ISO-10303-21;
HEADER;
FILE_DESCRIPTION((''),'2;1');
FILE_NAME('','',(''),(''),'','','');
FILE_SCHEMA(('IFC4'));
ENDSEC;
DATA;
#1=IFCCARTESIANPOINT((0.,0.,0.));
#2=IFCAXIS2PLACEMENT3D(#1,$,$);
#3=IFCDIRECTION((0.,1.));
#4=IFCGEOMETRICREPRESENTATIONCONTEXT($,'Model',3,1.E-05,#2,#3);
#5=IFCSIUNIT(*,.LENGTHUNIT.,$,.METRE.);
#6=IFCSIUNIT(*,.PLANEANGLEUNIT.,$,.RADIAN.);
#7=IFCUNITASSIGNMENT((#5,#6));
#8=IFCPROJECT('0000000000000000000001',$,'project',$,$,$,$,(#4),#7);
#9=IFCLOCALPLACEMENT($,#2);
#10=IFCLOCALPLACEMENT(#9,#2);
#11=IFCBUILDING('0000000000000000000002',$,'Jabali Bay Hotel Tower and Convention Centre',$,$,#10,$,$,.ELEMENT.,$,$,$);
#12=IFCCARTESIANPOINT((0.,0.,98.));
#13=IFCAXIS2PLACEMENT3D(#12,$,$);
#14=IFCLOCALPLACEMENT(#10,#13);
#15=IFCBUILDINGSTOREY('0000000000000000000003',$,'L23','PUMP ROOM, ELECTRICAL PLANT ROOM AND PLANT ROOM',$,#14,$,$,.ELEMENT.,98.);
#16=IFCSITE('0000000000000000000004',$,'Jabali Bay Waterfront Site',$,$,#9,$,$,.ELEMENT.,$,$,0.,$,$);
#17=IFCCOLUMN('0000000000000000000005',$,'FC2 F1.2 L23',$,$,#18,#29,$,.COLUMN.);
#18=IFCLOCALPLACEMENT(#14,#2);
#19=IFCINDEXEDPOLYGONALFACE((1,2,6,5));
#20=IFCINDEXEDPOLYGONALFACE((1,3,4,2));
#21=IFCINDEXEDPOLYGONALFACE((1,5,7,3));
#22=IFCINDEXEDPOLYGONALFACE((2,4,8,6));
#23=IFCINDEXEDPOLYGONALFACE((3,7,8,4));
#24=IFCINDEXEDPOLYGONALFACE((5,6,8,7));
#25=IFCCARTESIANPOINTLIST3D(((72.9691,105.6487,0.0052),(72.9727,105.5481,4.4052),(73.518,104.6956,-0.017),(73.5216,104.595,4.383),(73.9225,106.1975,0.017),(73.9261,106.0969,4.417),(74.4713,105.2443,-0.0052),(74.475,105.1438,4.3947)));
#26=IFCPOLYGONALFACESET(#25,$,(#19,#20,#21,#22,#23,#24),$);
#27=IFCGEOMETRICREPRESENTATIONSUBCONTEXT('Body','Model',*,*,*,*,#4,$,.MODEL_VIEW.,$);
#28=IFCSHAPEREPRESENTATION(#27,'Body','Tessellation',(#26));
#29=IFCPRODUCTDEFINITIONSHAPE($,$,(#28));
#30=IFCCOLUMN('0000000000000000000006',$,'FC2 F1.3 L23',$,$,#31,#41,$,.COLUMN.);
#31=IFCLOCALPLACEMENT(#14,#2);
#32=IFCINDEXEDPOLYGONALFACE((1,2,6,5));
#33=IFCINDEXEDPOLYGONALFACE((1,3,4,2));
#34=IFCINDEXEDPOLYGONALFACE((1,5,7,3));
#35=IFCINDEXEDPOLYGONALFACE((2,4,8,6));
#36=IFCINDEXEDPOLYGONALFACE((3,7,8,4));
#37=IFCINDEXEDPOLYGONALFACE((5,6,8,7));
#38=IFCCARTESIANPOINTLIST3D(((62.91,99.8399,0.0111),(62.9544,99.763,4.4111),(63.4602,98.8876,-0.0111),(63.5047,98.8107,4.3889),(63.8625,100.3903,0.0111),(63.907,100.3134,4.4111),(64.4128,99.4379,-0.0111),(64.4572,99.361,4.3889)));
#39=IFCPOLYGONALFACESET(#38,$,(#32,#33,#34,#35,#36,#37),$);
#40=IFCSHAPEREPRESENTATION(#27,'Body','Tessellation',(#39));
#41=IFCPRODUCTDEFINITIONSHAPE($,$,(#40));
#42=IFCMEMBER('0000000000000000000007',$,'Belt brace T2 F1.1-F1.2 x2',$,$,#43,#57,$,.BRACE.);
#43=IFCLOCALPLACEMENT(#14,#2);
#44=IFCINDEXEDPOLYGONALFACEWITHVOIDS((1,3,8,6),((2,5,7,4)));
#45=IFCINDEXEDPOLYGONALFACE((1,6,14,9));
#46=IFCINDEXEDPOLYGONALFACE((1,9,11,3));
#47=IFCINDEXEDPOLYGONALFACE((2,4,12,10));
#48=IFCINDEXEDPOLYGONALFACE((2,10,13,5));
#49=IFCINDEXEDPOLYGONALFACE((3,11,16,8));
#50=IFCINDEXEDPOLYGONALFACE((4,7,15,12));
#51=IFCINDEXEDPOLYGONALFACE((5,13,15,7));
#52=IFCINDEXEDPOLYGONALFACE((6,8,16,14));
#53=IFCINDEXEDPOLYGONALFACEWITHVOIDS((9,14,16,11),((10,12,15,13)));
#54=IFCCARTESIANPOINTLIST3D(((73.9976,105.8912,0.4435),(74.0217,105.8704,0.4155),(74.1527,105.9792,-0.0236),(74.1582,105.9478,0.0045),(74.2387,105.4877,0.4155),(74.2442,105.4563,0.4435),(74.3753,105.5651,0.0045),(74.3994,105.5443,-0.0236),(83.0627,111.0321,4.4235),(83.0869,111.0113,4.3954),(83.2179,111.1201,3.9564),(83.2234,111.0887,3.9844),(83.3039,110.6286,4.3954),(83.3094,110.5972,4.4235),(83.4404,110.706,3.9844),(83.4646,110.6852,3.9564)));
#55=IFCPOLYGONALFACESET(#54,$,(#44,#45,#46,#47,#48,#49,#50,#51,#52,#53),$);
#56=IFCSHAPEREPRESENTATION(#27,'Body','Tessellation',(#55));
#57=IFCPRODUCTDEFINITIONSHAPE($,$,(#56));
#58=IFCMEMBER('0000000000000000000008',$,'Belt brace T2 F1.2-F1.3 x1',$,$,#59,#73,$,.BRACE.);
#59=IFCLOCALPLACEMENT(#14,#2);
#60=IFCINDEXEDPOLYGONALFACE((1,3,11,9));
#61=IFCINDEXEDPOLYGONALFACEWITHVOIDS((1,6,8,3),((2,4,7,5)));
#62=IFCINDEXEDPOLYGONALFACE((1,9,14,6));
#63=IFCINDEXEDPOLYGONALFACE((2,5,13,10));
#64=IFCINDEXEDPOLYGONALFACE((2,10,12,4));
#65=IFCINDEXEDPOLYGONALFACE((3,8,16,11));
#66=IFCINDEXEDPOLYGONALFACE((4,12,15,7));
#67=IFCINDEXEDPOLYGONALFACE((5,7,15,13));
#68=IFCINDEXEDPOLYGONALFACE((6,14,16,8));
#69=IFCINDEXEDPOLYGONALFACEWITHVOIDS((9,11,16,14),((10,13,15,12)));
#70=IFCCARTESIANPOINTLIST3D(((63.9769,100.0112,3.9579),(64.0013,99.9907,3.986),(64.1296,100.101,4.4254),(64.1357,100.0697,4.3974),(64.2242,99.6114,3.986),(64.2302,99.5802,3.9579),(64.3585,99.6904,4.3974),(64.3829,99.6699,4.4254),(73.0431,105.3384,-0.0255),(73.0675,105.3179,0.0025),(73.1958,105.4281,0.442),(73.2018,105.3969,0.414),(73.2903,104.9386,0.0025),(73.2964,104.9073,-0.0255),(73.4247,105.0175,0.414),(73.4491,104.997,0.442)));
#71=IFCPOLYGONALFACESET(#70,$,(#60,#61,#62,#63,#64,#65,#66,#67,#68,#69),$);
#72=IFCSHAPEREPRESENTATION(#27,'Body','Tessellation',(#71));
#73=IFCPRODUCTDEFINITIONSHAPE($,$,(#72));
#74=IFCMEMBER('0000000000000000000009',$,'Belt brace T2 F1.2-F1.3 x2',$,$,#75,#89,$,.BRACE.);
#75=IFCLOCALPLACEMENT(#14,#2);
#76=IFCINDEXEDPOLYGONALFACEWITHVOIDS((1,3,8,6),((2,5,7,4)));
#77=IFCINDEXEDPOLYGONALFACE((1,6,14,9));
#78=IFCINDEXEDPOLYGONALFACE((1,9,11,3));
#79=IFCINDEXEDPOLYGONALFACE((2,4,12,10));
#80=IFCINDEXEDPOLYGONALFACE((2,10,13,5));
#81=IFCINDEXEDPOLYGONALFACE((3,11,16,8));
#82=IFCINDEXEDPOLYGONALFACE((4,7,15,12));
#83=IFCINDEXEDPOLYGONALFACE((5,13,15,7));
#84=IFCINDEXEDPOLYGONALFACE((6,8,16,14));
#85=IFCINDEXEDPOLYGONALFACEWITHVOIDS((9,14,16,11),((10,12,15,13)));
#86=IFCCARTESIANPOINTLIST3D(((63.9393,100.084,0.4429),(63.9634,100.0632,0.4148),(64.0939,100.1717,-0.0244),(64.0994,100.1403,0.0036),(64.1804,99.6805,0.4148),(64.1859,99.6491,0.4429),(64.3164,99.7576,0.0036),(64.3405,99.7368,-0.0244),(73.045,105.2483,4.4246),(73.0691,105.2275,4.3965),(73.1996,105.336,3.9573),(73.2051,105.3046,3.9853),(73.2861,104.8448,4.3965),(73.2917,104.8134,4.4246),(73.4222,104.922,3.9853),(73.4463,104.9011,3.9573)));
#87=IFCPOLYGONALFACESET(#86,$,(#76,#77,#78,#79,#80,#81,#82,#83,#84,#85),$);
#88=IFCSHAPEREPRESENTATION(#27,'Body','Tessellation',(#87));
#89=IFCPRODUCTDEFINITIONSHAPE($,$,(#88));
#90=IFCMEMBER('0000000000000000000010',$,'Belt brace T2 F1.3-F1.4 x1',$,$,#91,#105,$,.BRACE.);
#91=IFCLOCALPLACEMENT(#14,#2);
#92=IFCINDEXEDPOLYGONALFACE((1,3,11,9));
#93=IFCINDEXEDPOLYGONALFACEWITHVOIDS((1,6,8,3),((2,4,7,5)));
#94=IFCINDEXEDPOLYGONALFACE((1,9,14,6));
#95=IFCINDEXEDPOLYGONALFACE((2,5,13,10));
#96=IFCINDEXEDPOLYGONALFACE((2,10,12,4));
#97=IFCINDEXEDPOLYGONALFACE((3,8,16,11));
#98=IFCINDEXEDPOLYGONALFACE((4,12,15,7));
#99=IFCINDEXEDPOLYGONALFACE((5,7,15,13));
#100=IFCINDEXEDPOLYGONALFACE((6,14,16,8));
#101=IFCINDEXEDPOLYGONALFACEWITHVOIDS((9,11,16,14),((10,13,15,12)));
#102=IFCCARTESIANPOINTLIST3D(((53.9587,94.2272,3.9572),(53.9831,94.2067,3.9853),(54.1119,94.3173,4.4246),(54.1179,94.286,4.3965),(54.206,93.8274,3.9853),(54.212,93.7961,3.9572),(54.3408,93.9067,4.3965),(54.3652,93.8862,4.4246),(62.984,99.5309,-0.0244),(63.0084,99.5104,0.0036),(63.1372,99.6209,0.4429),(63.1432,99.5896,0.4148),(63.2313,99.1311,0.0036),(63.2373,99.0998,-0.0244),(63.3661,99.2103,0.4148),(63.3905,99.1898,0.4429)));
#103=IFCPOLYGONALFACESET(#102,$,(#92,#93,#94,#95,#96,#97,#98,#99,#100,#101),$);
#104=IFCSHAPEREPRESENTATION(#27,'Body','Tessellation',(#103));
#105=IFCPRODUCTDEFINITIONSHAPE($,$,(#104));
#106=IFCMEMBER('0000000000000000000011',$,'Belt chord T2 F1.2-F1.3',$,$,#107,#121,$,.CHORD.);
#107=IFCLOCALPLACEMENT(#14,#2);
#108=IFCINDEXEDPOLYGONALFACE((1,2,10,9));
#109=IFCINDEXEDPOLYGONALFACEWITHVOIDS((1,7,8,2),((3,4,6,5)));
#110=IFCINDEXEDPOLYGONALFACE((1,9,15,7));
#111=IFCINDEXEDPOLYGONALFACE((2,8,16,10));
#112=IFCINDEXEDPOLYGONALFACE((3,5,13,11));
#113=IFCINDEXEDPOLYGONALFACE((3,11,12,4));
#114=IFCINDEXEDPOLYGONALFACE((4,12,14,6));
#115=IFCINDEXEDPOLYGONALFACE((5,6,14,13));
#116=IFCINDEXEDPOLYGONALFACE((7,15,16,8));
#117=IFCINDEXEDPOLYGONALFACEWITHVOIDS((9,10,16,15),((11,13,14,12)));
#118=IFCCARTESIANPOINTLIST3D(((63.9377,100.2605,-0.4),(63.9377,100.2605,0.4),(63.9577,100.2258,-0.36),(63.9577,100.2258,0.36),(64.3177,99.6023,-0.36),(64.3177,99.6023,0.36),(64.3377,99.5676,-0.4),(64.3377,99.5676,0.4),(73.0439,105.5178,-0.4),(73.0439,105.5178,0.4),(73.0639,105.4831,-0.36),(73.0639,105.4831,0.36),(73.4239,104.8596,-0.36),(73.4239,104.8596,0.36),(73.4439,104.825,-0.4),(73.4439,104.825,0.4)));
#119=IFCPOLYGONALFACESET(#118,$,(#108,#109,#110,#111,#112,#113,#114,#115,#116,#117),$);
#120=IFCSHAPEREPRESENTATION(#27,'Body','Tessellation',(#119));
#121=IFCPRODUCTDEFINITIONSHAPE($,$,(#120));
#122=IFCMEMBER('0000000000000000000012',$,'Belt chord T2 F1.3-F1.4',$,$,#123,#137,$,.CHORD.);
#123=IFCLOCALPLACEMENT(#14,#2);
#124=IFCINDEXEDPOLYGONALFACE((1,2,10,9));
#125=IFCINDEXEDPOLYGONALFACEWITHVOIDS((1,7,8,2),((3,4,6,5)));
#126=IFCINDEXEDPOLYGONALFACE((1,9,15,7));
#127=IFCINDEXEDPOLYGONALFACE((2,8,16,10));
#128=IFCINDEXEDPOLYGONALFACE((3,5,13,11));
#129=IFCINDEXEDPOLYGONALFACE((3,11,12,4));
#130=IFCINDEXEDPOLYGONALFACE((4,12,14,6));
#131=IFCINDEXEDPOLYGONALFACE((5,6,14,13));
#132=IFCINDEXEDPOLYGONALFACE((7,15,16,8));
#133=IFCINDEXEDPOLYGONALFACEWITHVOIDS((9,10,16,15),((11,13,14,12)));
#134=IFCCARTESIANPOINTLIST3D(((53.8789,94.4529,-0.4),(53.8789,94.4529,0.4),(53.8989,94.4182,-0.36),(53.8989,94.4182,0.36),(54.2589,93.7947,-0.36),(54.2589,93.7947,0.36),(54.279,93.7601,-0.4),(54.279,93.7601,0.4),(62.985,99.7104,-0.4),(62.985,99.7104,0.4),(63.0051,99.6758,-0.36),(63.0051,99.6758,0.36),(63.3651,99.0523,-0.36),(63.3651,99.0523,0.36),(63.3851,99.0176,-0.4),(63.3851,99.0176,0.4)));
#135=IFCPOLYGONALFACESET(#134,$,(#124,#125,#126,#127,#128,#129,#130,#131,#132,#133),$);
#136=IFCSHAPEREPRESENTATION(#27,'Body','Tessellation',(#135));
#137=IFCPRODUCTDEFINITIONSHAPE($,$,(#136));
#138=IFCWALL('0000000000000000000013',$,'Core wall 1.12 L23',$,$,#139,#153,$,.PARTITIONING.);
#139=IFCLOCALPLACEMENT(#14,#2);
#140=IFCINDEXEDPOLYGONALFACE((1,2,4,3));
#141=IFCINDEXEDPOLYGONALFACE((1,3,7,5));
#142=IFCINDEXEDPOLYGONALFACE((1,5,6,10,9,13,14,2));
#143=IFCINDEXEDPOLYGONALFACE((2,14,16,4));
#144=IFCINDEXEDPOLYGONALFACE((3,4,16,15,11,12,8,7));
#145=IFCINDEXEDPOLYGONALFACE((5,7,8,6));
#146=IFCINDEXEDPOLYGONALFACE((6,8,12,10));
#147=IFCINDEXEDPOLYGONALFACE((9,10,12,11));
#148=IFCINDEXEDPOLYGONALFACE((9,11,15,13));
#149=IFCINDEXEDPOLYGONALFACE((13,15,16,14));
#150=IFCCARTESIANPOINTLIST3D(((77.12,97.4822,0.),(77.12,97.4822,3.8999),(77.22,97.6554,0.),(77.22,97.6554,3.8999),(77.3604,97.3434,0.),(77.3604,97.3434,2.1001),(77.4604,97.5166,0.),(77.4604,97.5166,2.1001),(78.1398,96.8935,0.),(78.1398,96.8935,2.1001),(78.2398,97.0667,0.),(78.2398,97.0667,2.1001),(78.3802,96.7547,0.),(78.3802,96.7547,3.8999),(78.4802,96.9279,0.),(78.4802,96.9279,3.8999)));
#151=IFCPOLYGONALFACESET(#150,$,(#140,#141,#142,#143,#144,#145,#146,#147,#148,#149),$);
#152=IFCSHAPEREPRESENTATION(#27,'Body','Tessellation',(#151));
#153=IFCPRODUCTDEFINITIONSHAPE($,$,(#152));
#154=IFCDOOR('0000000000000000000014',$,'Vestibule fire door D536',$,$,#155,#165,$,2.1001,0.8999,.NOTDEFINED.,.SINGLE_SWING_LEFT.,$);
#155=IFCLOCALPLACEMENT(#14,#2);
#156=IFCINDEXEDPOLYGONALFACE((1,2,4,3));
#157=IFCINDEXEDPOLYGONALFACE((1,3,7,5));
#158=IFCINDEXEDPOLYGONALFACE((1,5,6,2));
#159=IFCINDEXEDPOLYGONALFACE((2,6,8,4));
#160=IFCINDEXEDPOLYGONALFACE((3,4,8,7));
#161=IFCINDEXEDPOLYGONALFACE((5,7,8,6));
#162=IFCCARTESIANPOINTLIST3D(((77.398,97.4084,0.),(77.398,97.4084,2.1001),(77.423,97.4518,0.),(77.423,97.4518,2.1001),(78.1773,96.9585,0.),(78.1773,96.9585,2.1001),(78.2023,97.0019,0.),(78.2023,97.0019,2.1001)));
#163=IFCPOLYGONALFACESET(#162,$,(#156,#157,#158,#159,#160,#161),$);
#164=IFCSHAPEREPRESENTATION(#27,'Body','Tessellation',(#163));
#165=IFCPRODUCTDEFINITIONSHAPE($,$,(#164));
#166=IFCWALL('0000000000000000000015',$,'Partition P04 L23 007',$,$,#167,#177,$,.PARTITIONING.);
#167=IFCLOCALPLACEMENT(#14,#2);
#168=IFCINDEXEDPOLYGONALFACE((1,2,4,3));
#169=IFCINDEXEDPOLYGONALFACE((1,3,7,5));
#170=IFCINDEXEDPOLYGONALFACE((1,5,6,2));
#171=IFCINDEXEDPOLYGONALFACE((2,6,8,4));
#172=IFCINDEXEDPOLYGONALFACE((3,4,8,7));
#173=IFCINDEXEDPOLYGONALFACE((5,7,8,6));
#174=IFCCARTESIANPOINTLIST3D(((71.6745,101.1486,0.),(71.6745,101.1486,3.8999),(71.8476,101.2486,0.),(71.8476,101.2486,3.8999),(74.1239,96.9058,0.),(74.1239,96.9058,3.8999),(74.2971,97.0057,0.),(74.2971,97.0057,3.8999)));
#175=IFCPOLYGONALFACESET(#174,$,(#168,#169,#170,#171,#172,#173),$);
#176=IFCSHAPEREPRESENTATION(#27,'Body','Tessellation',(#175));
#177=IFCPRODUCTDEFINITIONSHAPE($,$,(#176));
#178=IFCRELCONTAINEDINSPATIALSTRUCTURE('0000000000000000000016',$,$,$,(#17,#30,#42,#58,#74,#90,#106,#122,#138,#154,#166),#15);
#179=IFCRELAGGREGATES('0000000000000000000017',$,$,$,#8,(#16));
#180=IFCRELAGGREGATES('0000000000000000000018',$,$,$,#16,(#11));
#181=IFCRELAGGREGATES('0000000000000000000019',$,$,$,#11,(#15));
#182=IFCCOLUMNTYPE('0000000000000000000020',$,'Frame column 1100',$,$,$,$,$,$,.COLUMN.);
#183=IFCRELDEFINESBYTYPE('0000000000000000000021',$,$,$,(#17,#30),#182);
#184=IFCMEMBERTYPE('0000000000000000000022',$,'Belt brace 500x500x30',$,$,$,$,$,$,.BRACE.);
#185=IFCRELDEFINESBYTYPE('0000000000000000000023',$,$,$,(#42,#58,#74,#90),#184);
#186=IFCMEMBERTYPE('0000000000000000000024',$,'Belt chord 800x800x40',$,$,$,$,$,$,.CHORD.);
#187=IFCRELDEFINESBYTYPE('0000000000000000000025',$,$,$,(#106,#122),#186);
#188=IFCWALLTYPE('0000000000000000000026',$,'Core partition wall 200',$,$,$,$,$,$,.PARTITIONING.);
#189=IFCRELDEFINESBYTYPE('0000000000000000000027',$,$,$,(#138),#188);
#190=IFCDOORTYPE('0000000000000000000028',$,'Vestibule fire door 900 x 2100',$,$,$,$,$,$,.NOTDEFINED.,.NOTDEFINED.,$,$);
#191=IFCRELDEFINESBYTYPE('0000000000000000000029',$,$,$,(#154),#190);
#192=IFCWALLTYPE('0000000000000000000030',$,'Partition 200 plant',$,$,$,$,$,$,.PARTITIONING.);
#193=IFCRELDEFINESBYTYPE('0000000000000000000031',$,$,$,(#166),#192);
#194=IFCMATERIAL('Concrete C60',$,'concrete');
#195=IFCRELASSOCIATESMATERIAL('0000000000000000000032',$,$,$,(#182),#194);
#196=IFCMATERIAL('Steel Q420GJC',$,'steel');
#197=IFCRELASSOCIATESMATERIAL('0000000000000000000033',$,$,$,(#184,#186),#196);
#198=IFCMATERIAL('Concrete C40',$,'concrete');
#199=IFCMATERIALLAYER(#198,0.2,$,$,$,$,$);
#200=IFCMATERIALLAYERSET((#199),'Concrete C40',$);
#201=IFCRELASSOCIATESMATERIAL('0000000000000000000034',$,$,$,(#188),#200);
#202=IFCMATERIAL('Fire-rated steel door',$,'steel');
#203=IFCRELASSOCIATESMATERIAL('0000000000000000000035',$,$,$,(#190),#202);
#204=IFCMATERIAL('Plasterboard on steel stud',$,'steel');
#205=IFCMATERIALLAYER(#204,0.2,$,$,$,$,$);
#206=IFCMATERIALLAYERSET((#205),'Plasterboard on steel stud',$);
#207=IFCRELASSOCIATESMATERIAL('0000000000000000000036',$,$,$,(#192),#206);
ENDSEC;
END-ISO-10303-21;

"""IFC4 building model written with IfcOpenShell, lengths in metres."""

from ifc_helpers import new_model, si_unit, direction, frame, frame_2d, origin, origin_2d, place, context, subcontext, project, spatial, rectangle, hollow_rectangle, extrude, material, layer, layer_set, material_profile, profile_set, type_object, element, fill, save


model = new_model("IFC4")

# Units and contexts
model_context = context("Model", 3, precision=1e-05, world=origin(), true_north=direction((0.0, 1.0)))
body_context = subcontext(model_context, "Body", "Model", "MODEL_VIEW")
ifc_project = project(units=[si_unit("LENGTHUNIT", "METRE"), si_unit("PLANEANGLEUNIT", "RADIAN")], contexts=[model_context])

# Site, building, storey
site_placement = place(None, origin())
site = spatial("IfcSite", under=ifc_project, at=site_placement, Name="Jabali Bay Waterfront Site", CompositionType="ELEMENT", RefElevation=0.0)
building_placement = place(site_placement, origin())
building = spatial("IfcBuilding", under=site, at=building_placement, Name="Jabali Bay Hotel Tower and Convention Centre", CompositionType="ELEMENT")
storey_placement = place(building_placement, frame((0.0, 0.0, 98.0)))
storey = spatial("IfcBuildingStorey", under=building, at=storey_placement, Name="L23", Description="PUMP ROOM, ELECTRICAL PLANT ROOM AND PLANT ROOM", CompositionType="ELEMENT", Elevation=98.0)

# Columns
ifc_material_1 = material(Name="Concrete C60", Category="concrete")
ifc_material_profile_1 = material_profile(ifc_material_1, rectangle(XDim=1.1001, YDim=1.1001, at=origin_2d()), Name="Frame column 1100")
ifc_profile_set_1 = profile_set([ifc_material_profile_1], Name="Concrete C60")
column_type = type_object("IfcColumnType", Name="Frame column 1100", PredefinedType="COLUMN", material=ifc_profile_set_1)
column_1_placement = place(storey_placement, frame((73.7202, 105.4465, 0.0), z_axis=(0.000832, -0.022855, 0.999738), x_axis=(0.866636, 0.498827, 0.010682)))
element("IfcColumn", 1, at=column_1_placement, inside=storey, type_object=column_type, Name="FC2 F1.2 L23", PredefinedType="COLUMN", context=body_context, shape_type="SweptSolid", body=[
    extrude(rectangle(XDim=1.1001, YDim=1.1001, at=origin_2d()), origin(), (0.0, 0.0, 1.0), 4.4011),
])
column_2_placement = place(storey_placement, frame((63.6614, 99.6389, 0.0), z_axis=(0.010097, -0.017475, 0.999796), x_axis=(0.865862, 0.500282, 0.0)))
element("IfcColumn", 2, at=column_2_placement, inside=storey, type_object=column_type, Name="FC2 F1.3 L23", PredefinedType="COLUMN", context=body_context, shape_type="SweptSolid", body=[
    extrude(rectangle(XDim=1.1001, YDim=1.1001, at=origin_2d()), origin(), (0.0, 0.0, 1.0), 4.4009),
])

# Members
ifc_material_2 = material(Name="Steel Q420GJC", Category="steel")
ifc_material_profile_2 = material_profile(ifc_material_2, hollow_rectangle(XDim=0.5, YDim=0.5, WallThickness=0.03, at=origin_2d()), Name="Belt brace 500x500x30")
ifc_profile_set_2 = profile_set([ifc_material_profile_2], Name="Steel Q420GJC")
member_type_1 = type_object("IfcMemberType", Name="Belt brace 500x500x30", PredefinedType="BRACE", material=ifc_profile_set_2)
member_1_placement = place(storey_placement, frame((74.1985, 105.7178, 0.21), z_axis=(0.812616, 0.460835, 0.356771), x_axis=(-0.493298, 0.86986, 0.0)))
element("IfcMember", 3, at=member_1_placement, inside=storey, type_object=member_type_1, Name="Belt brace T2 F1.1-F1.2 x2", PredefinedType="BRACE", context=body_context, shape_type="SweptSolid", body=[
    extrude(hollow_rectangle(XDim=0.5, YDim=0.5, WallThickness=0.03, at=origin_2d()), origin(), (0.0, 0.0, 1.0), 11.1555),
])
member_2_placement = place(storey_placement, frame((73.2461, 105.1677, 0.2083), z_axis=(-0.806267, -0.473751, 0.35425), x_axis=(0.506604, -0.862179, 0.0)))
element("IfcMember", 4, at=member_2_placement, inside=storey, type_object=member_type_1, Name="Belt brace T2 F1.2-F1.3 x1", PredefinedType="BRACE", context=body_context, shape_type="SweptSolid", body=[
    extrude(hollow_rectangle(XDim=0.5, YDim=0.5, WallThickness=0.03, at=origin_2d()), origin(), (0.0, 0.0, 1.0), 11.2446),
])
for number, where, z_axis, x_axis, name in (
    (5, (64.1399, 99.9104, 0.2092), (0.813017, 0.461103, 0.355511), (-0.493331, 0.869842, 0.0), "Belt brace T2 F1.2-F1.3 x2"),
    (6, (63.1873, 99.3604, 0.2092), (-0.805836, -0.473544, 0.355507), (0.506641, -0.862157, 0.0), "Belt brace T2 F1.3-F1.4 x1"),
):
    element("IfcMember", number, at=place(storey_placement, frame(where, z_axis=z_axis, x_axis=x_axis)), inside=storey, type_object=member_type_1, Name=name, PredefinedType="BRACE", context=body_context, shape_type="SweptSolid", body=[
        extrude(hollow_rectangle(XDim=0.5, YDim=0.5, WallThickness=0.03, at=origin_2d()), origin(), (0.0, 0.0, 1.0), 11.2),
    ])
ifc_material_profile_3 = material_profile(ifc_material_2, hollow_rectangle(XDim=0.8, YDim=0.8, WallThickness=0.04, at=origin_2d()), Name="Belt chord 800x800x40")
ifc_profile_set_3 = profile_set([ifc_material_profile_3], Name="Steel Q420GJC")
member_type_2 = type_object("IfcMemberType", Name="Belt chord 800x800x40", PredefinedType="CHORD", material=ifc_profile_set_3)
for number, where, z_axis, x_axis, name in (
    (7, (73.2439, 105.1714, 0.0), (-0.866031, -0.49999, 0.0), (0.49999, -0.866031, 0.0), "Belt chord T2 F1.2-F1.3"),
    (8, (63.1851, 99.364, 0.0), (-0.866021, -0.500007, 0.0), (0.500007, -0.866021, 0.0), "Belt chord T2 F1.3-F1.4"),
):
    element("IfcMember", number, at=place(storey_placement, frame(where, z_axis=z_axis, x_axis=x_axis)), inside=storey, type_object=member_type_2, Name=name, PredefinedType="CHORD", context=body_context, shape_type="SweptSolid", body=[
        extrude(hollow_rectangle(XDim=0.8, YDim=0.8, WallThickness=0.04, at=origin_2d()), origin(), (0.0, 0.0, 1.0), 10.5149),
    ])

# Wall, opening, door
ifc_material_3 = material(Name="Concrete C40", Category="concrete")
ifc_layer_1 = layer(ifc_material_3, 0.2)
ifc_layer_set_1 = layer_set([ifc_layer_1], Name="Concrete C40")
wall_type_1 = type_object("IfcWallType", Name="Core partition wall 200", PredefinedType="PARTITIONING", material=ifc_layer_set_1)
wall_1_placement = place(storey_placement, frame((78.4302, 96.8413, 0.0), z_axis=(0.0, 0.0, 1.0), x_axis=(-0.866046, 0.499965, 0.0)))
wall_1 = element("IfcWall", 9, at=wall_1_placement, inside=storey, type_object=wall_type_1, Name="Core wall 1.12 L23", PredefinedType="PARTITIONING", context=body_context, shape_type="SweptSolid", body=[
    extrude(rectangle(XDim=1.4551, YDim=0.2, at=frame_2d((0.7275, 0.0))), origin(), (0.0, 0.0, 1.0), 3.8999),
])
opening_placement = place(wall_1_placement, frame((0.2776, 0.0, 0.0)))
opening = element("IfcOpeningElement", 10, at=opening_placement, cuts=wall_1, PredefinedType="OPENING", context=body_context, shape_type="SweptSolid", body=[
    extrude(rectangle(XDim=0.8999, YDim=2.1001, at=frame_2d((0.45, 1.05))), frame((0.0, 0.1104, 0.0), z_axis=(0.0, -1.0, 0.0), x_axis=(1.0, 0.0, 0.0)), (0.0, 0.0, 1.0), 0.2209),
])
ifc_material_4 = material(Name="Fire-rated steel door", Category="steel")
door_type = type_object("IfcDoorType", Name="Vestibule fire door 900 x 2100", OperationType="NOTDEFINED", PredefinedType="NOTDEFINED", material=ifc_material_4)
door_placement = place(opening_placement, origin())
door = element("IfcDoor", 11, at=door_placement, inside=storey, type_object=door_type, Name="Vestibule fire door D536", OperationType="SINGLE_SWING_LEFT", OverallHeight=2.1001, OverallWidth=0.8999, PredefinedType="NOTDEFINED", context=body_context, shape_type="SweptSolid", body=[
    extrude(rectangle(XDim=0.8999, YDim=2.1001, at=frame_2d((0.45, 1.05))), frame((0.0, 0.0249, 0.0), z_axis=(0.0, -1.0, 0.0), x_axis=(1.0, 0.0, 0.0)), (0.0, 0.0, 1.0), 0.05),
])
fill(opening, door)

# Wall
ifc_material_5 = material(Name="Plasterboard on steel stud", Category="steel")
ifc_layer_2 = layer(ifc_material_5, 0.2)
ifc_layer_set_2 = layer_set([ifc_layer_2], Name="Plasterboard on steel stud")
wall_type_2 = type_object("IfcWallType", Name="Partition 200 plant", PredefinedType="PARTITIONING", material=ifc_layer_set_2)
wall_2_placement = place(storey_placement, frame((71.761, 101.1987, 0.0), z_axis=(0.0, 0.0, 1.0), x_axis=(0.499971, -0.866042, 0.0)))
element("IfcWall", 12, at=wall_2_placement, inside=storey, type_object=wall_type_2, Name="Partition P04 L23 007", PredefinedType="PARTITIONING", context=body_context, shape_type="SweptSolid", body=[
    extrude(rectangle(XDim=4.8992, YDim=0.2, at=frame_2d((2.4497, 0.0))), origin(), (0.0, 0.0, 1.0), 3.8999),
])

save(model, "model.ifc")
